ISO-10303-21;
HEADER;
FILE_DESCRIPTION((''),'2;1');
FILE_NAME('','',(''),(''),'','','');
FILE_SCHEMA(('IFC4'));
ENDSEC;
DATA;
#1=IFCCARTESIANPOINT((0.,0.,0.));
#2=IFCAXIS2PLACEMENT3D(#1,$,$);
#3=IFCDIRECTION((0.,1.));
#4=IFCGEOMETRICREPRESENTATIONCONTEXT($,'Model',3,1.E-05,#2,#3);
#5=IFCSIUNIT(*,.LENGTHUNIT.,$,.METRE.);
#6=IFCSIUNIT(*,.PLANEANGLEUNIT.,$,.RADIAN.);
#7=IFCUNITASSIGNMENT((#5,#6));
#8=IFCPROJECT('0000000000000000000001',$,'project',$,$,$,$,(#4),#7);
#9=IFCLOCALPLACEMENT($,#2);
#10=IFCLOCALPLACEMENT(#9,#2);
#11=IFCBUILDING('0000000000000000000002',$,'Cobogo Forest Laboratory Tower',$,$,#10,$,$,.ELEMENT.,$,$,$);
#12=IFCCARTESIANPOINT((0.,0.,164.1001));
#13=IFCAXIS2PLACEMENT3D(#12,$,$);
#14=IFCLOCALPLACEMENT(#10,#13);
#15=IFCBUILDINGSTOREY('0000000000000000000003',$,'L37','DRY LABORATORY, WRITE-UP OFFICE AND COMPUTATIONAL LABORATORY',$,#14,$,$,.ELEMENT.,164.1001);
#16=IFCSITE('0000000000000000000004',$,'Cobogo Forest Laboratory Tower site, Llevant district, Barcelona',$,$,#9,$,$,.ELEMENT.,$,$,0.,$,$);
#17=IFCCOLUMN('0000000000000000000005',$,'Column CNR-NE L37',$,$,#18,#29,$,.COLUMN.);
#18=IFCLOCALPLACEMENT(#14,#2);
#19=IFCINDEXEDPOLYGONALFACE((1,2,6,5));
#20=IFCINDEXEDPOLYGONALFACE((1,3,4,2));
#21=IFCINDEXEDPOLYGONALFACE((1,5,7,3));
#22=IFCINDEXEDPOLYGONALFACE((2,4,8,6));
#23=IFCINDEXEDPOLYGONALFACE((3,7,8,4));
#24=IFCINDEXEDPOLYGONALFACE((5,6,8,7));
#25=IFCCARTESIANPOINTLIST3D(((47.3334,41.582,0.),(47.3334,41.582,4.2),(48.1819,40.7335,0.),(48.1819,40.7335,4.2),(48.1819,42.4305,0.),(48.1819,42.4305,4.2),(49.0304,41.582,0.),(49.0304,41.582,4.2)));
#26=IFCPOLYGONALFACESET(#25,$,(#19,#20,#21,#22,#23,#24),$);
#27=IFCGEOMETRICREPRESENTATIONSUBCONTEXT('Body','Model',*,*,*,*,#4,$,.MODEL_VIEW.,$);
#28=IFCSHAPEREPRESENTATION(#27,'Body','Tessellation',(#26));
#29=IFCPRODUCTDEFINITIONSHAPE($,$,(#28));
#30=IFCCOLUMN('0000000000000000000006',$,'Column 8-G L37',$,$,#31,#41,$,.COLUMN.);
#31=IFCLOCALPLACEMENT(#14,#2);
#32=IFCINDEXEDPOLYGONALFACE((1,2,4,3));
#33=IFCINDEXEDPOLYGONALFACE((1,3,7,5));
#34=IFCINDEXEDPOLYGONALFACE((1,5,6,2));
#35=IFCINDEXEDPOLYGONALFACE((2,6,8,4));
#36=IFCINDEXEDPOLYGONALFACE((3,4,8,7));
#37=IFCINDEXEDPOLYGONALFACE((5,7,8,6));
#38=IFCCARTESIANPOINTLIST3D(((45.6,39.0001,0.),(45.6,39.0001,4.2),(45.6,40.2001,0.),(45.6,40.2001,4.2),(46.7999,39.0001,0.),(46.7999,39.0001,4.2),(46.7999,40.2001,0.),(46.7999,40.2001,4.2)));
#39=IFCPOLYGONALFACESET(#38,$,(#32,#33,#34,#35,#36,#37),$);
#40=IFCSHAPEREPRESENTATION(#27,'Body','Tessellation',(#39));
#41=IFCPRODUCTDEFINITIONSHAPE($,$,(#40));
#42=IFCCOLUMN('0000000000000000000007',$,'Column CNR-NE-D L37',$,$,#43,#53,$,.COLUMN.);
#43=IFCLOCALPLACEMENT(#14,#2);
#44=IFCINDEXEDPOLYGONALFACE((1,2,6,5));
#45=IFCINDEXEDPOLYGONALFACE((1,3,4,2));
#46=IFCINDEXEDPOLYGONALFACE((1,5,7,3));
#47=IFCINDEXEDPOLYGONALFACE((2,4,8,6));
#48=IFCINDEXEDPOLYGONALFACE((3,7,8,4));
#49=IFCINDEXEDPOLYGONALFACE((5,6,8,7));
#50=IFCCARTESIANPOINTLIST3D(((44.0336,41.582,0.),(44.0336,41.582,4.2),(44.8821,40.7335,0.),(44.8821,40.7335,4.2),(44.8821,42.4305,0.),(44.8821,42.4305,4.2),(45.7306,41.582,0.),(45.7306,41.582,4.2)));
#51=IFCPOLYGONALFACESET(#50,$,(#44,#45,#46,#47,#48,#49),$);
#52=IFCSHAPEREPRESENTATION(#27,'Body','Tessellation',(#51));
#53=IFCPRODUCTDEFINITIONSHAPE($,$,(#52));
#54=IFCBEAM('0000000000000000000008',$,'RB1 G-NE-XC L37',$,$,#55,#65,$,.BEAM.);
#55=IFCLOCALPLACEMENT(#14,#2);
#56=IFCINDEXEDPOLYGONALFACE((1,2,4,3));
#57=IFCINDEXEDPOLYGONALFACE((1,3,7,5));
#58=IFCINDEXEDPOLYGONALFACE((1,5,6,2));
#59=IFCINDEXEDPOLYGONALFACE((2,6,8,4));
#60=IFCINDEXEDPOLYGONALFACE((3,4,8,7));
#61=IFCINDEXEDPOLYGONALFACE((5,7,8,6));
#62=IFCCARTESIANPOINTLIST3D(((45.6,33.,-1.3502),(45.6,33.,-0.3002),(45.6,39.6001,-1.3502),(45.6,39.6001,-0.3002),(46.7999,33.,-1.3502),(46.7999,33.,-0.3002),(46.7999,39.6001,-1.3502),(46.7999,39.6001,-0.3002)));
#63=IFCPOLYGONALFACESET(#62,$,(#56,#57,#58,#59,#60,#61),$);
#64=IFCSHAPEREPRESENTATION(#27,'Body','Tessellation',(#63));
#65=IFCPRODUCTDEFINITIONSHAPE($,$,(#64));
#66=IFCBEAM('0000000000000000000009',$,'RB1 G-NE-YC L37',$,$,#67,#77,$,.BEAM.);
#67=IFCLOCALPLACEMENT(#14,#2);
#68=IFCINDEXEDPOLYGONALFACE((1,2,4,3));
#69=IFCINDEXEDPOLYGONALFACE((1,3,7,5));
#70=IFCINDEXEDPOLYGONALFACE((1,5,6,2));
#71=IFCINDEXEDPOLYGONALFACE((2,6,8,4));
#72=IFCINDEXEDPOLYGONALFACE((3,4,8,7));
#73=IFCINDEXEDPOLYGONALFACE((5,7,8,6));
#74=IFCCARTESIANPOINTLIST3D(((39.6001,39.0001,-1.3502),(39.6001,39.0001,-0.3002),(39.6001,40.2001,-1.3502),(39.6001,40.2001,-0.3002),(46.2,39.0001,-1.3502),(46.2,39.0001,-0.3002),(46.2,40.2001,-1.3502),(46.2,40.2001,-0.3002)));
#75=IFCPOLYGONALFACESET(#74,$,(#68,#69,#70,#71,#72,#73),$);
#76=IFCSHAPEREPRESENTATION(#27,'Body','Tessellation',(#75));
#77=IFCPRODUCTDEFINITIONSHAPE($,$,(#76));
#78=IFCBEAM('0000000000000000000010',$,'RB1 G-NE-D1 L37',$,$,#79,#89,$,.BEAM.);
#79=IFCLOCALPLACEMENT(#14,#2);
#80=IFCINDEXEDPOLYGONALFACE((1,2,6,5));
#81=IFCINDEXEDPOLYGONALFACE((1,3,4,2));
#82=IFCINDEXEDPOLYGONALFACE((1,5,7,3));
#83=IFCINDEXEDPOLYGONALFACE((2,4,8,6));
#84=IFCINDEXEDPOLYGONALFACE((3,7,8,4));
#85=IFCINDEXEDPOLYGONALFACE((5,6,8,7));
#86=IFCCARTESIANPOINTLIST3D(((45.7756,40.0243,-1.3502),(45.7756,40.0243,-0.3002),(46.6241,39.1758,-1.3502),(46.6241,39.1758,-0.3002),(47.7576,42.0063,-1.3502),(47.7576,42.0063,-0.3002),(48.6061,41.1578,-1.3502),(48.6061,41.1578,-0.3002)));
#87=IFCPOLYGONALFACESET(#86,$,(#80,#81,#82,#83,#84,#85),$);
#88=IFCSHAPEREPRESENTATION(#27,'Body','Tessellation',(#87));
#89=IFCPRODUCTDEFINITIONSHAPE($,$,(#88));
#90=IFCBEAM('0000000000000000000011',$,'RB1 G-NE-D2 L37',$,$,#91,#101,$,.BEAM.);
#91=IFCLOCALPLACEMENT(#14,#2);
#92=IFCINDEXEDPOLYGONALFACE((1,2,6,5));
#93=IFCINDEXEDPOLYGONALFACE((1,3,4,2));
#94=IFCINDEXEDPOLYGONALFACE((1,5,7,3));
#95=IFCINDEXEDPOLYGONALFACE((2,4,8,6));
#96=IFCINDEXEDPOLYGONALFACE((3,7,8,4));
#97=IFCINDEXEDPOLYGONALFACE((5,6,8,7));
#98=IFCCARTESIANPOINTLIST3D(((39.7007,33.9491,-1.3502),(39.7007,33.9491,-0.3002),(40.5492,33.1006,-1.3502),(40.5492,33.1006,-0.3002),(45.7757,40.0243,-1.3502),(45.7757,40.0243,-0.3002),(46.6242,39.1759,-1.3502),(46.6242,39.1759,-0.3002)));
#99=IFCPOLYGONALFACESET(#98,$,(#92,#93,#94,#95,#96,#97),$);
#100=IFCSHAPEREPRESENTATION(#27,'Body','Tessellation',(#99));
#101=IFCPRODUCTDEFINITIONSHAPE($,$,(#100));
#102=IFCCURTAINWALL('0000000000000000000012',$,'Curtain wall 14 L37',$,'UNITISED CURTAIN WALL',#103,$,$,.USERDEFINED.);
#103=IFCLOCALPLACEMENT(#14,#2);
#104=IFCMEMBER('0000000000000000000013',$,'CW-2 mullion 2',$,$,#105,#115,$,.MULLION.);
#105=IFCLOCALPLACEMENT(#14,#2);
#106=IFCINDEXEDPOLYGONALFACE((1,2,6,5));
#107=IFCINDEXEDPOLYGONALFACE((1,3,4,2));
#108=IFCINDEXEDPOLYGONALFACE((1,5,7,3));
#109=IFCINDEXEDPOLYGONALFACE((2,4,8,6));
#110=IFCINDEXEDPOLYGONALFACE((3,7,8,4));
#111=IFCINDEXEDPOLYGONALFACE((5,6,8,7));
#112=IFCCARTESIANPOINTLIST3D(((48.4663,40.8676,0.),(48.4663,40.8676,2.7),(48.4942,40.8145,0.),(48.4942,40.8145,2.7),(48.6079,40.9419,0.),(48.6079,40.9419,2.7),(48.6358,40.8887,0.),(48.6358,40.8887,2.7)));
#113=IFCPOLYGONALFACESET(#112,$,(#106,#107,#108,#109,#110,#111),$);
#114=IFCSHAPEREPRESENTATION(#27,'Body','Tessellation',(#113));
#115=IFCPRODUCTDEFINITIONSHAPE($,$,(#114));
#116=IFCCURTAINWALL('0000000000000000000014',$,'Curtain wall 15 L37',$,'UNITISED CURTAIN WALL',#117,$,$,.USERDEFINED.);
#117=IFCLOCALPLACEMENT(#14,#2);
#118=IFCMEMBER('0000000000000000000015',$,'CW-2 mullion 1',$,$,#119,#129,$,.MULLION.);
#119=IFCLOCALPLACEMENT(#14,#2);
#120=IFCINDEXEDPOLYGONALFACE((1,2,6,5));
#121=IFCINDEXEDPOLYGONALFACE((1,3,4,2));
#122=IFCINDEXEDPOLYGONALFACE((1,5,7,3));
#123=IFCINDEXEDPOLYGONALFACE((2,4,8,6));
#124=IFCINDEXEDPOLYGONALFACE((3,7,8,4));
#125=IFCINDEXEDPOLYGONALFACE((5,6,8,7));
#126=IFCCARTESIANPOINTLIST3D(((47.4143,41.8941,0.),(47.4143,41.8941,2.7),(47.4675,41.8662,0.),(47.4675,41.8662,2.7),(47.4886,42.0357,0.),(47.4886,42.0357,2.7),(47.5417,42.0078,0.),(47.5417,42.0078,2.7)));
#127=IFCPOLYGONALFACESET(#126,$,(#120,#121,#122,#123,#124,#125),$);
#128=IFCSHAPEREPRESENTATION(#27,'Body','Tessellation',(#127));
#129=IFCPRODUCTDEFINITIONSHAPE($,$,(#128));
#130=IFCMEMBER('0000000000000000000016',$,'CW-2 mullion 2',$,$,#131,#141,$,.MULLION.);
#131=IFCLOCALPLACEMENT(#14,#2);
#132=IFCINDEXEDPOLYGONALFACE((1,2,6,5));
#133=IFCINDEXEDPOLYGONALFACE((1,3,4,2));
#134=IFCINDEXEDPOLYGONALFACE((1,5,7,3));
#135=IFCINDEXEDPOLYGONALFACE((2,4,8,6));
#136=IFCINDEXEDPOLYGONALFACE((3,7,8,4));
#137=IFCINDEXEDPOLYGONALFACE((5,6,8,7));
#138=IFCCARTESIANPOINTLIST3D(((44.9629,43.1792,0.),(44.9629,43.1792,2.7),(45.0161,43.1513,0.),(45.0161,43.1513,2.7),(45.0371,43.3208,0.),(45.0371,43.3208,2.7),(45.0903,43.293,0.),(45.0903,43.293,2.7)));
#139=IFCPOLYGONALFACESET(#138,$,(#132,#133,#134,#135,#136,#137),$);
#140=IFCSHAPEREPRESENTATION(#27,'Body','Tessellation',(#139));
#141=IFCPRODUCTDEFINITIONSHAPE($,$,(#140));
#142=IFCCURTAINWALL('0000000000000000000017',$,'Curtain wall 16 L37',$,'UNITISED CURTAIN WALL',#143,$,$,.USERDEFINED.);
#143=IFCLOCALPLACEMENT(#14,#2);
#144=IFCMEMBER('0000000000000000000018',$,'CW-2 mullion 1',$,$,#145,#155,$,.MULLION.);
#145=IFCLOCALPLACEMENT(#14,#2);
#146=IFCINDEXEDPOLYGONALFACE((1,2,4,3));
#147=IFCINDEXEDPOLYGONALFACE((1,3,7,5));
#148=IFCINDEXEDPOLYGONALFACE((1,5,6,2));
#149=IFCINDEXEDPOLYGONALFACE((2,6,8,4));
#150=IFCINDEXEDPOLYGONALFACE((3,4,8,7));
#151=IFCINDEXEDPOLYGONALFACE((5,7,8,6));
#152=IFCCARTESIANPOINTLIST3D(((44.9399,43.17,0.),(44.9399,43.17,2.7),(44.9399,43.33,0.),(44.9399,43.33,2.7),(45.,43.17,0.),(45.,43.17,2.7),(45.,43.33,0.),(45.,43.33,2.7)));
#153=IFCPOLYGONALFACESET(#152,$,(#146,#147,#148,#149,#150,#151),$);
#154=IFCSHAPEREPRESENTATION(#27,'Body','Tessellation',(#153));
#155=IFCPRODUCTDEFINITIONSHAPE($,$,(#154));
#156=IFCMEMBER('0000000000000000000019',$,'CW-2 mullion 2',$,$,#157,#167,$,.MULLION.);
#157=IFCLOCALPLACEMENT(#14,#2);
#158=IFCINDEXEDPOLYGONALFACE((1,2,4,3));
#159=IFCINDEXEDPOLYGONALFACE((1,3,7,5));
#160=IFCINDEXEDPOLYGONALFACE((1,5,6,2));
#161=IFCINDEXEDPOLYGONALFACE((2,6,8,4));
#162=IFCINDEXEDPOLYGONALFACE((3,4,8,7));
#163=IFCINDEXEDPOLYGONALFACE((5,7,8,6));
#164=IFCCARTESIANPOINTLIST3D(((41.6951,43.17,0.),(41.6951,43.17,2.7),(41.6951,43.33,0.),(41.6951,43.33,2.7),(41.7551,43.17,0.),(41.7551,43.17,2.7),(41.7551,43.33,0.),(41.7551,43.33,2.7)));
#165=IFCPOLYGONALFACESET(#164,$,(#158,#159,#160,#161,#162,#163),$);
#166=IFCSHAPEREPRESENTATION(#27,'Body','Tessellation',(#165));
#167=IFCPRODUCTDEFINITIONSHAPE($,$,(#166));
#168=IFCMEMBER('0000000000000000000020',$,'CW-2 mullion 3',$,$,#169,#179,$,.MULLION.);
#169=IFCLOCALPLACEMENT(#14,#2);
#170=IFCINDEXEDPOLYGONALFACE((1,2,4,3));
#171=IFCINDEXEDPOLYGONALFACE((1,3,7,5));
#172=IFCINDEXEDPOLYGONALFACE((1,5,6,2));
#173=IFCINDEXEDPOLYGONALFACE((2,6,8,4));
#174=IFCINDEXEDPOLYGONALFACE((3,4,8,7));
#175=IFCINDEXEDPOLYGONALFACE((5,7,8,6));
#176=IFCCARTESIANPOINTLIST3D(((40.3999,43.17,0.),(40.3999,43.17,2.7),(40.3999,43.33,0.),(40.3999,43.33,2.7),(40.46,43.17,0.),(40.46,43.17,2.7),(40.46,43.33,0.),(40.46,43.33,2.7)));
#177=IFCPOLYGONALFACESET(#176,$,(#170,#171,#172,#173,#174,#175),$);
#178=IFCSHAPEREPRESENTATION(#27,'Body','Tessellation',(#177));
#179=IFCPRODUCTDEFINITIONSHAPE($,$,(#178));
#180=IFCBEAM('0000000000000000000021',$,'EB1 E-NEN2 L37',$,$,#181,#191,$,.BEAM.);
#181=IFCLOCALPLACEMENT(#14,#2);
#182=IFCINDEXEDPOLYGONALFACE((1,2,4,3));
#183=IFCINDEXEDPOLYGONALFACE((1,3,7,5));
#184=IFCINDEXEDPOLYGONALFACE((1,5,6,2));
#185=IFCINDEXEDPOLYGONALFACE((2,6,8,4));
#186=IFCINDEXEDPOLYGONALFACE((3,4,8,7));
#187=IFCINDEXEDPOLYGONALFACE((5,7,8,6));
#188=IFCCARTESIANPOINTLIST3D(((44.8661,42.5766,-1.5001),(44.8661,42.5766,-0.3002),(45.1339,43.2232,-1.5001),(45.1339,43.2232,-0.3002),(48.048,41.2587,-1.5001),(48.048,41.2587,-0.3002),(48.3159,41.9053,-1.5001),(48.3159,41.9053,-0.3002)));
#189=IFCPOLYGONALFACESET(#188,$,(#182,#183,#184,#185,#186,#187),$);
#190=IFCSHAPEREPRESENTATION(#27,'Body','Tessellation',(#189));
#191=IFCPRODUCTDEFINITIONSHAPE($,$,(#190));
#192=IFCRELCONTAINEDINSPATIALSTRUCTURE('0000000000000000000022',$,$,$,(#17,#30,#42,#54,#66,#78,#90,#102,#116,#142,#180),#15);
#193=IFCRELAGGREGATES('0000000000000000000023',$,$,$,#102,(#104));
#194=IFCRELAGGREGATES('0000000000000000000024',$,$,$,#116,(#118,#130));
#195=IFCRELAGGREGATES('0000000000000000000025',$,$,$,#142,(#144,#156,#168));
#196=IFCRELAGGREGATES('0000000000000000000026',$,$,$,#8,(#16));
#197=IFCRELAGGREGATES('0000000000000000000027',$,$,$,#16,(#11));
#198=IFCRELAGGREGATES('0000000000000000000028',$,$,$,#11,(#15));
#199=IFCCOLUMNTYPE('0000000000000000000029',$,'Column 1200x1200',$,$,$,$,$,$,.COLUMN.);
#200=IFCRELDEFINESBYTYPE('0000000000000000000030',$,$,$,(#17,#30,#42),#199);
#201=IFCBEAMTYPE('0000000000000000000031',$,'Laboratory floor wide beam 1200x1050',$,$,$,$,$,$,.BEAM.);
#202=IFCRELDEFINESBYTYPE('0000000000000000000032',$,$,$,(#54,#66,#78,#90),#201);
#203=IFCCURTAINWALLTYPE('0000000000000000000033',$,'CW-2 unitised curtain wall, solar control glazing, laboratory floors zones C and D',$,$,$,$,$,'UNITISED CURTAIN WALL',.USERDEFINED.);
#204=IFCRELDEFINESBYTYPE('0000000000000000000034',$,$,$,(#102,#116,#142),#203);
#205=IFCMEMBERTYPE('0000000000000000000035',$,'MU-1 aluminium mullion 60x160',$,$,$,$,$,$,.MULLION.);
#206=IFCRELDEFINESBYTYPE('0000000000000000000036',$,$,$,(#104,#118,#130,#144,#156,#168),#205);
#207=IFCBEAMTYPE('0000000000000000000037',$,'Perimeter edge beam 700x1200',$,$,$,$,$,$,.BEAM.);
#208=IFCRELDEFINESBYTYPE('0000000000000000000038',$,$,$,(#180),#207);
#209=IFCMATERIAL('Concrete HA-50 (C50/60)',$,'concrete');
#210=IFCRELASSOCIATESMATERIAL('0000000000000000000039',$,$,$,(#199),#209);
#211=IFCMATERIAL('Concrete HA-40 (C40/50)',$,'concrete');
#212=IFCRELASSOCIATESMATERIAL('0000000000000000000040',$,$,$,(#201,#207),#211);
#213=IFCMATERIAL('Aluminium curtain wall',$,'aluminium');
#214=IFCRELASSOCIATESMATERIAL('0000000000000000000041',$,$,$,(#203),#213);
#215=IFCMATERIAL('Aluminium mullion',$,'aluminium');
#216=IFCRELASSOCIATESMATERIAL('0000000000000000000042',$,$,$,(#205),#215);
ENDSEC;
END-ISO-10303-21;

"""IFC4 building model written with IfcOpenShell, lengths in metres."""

from ifc_helpers import new_model, si_unit, direction, frame, origin, origin_2d, place, context, subcontext, project, spatial, rectangle, extrude, material, material_profile, profile_set, type_object, element, aggregate, save


model = new_model("IFC4")

# Units and contexts
model_context = context("Model", 3, precision=1e-05, world=origin(), true_north=direction((0.0, 1.0)))
body_context = subcontext(model_context, "Body", "Model", "MODEL_VIEW")
ifc_project = project(units=[si_unit("LENGTHUNIT", "METRE"), si_unit("PLANEANGLEUNIT", "RADIAN")], contexts=[model_context])

# Site, building, storey
site_placement = place(None, origin())
site = spatial("IfcSite", under=ifc_project, at=site_placement, Name="Cobogo Forest Laboratory Tower site, Llevant district, Barcelona", CompositionType="ELEMENT", RefElevation=0.0)
building_placement = place(site_placement, origin())
building = spatial("IfcBuilding", under=site, at=building_placement, Name="Cobogo Forest Laboratory Tower", CompositionType="ELEMENT")
storey_placement = place(building_placement, frame((0.0, 0.0, 164.1001)))
storey = spatial("IfcBuildingStorey", under=building, at=storey_placement, Name="L37", Description="DRY LABORATORY, WRITE-UP OFFICE AND COMPUTATIONAL LABORATORY", CompositionType="ELEMENT", Elevation=164.1001)

# Columns
ifc_material_1 = material(Name="Concrete HA-50 (C50/60)", Category="concrete")
ifc_material_profile_1 = material_profile(ifc_material_1, rectangle(XDim=1.2, YDim=1.2, at=origin_2d()), Name="RC 1200x1200")
ifc_profile_set_1 = profile_set([ifc_material_profile_1], Name="Concrete HA-50 (C50/60)")
column_type = type_object("IfcColumnType", Name="Column 1200x1200", PredefinedType="COLUMN", material=ifc_profile_set_1)
for number, where, z_axis, x_axis, name in (
    (1, (48.1819, 41.582, 0.0), (0.0, 0.0, 1.0), (0.707107, 0.707107, 0.0), "Column CNR-NE L37"),
    (2, (46.2, 39.6001, 0.0), (0.0, 0.0, 1.0), (1.0, 0.0, 0.0), "Column 8-G L37"),
    (3, (44.8821, 41.582, 0.0), (0.0, 0.0, 1.0), (0.707107, 0.707107, 0.0), "Column CNR-NE-D L37"),
):
    element("IfcColumn", number, at=place(storey_placement, frame(where, z_axis=z_axis, x_axis=x_axis)), inside=storey, type_object=column_type, Name=name, PredefinedType="COLUMN", context=body_context, shape_type="SweptSolid", body=[
        extrude(rectangle(XDim=1.2, YDim=1.2, at=origin_2d()), origin(), (0.0, 0.0, 1.0), 4.2),
    ])

# Beams
ifc_material_2 = material(Name="Concrete HA-40 (C40/50)", Category="concrete")
ifc_material_profile_2 = material_profile(ifc_material_2, rectangle(XDim=1.2, YDim=1.05, at=origin_2d()), Name="RC 1200x1050")
ifc_profile_set_2 = profile_set([ifc_material_profile_2], Name="Concrete HA-40 (C40/50)")
beam_type_1 = type_object("IfcBeamType", Name="Laboratory floor wide beam 1200x1050", PredefinedType="BEAM", material=ifc_profile_set_2)
beam_1_placement = place(storey_placement, frame((46.2, 39.6001, -0.8252), z_axis=(0.0, -1.0, 0.0), x_axis=(1.0, 0.0, 0.0)))
element("IfcBeam", 4, at=beam_1_placement, inside=storey, type_object=beam_type_1, Name="RB1 G-NE-XC L37", PredefinedType="BEAM", context=body_context, shape_type="SweptSolid", body=[
    extrude(rectangle(XDim=1.2, YDim=1.05, at=origin_2d()), origin(), (0.0, 0.0, 1.0), 6.6001),
])
beam_2_placement = place(storey_placement, frame((46.2, 39.6001, -0.8252), z_axis=(-1.0, 0.0, 0.0), x_axis=(0.0, -1.0, 0.0)))
element("IfcBeam", 5, at=beam_2_placement, inside=storey, type_object=beam_type_1, Name="RB1 G-NE-YC L37", PredefinedType="BEAM", context=body_context, shape_type="SweptSolid", body=[
    extrude(rectangle(XDim=1.2, YDim=1.05, at=origin_2d()), origin(), (0.0, 0.0, 1.0), 6.5999),
])
beam_3_placement = place(storey_placement, frame((48.1819, 41.582, -0.8252), z_axis=(-0.707107, -0.707107, 0.0), x_axis=(0.707107, -0.707107, 0.0)))
element("IfcBeam", 6, at=beam_3_placement, inside=storey, type_object=beam_type_1, Name="RB1 G-NE-D1 L37", PredefinedType="BEAM", context=body_context, shape_type="SweptSolid", body=[
    extrude(rectangle(XDim=1.2, YDim=1.05, at=origin_2d()), origin(), (0.0, 0.0, 1.0), 2.803),
])
beam_4_placement = place(storey_placement, frame((46.2, 39.6001, -0.8252), z_axis=(-0.707093, -0.707121, 0.0), x_axis=(0.707121, -0.707093, 0.0)))
element("IfcBeam", 7, at=beam_4_placement, inside=storey, type_object=beam_type_1, Name="RB1 G-NE-D2 L37", PredefinedType="BEAM", context=body_context, shape_type="SweptSolid", body=[
    extrude(rectangle(XDim=1.2, YDim=1.05, at=origin_2d()), origin(), (0.0, 0.0, 1.0), 8.5916),
])

# Curtain wall, member
ifc_material_3 = material(Name="Aluminium curtain wall", Category="aluminium")
curtain_wall_type = type_object("IfcCurtainWallType", Name="CW-2 unitised curtain wall, solar control glazing, laboratory floors zones C and D", ElementType="UNITISED CURTAIN WALL", PredefinedType="USERDEFINED", material=ifc_material_3)
curtain_wall_1_placement = place(storey_placement, origin())
curtain_wall_1 = element("IfcCurtainWall", 8, at=curtain_wall_1_placement, inside=storey, type_object=curtain_wall_type, Name="Curtain wall 14 L37", ObjectType="UNITISED CURTAIN WALL", PredefinedType="USERDEFINED")
ifc_material_4 = material(Name="Aluminium mullion", Category="aluminium")
ifc_material_profile_3 = material_profile(ifc_material_4, rectangle(XDim=0.0601, YDim=0.1599, at=origin_2d()), Name="AL 60x160")
ifc_profile_set_3 = profile_set([ifc_material_profile_3], Name="Aluminium mullion")
member_type_1 = type_object("IfcMemberType", Name="MU-1 aluminium mullion 60x160", PredefinedType="MULLION", material=ifc_profile_set_3)
member_1_placement = place(storey_placement, frame((48.551, 40.8782, 0.0), z_axis=(0.0, 0.0, 1.0), x_axis=(-0.464284, 0.885686, 0.0)))
member_1 = element("IfcMember", 9, at=member_1_placement, type_object=member_type_1, Name="CW-2 mullion 2", PredefinedType="MULLION", context=body_context, shape_type="SweptSolid", body=[
    extrude(rectangle(XDim=0.0601, YDim=0.1599, at=origin_2d()), origin(), (0.0, 0.0, 1.0), 2.7),
])

# Curtain walls, members
curtain_wall_2_placement = place(storey_placement, origin())
curtain_wall_2 = element("IfcCurtainWall", 10, at=curtain_wall_2_placement, inside=storey, type_object=curtain_wall_type, Name="Curtain wall 15 L37", ObjectType="UNITISED CURTAIN WALL", PredefinedType="USERDEFINED")
member_2_placement = place(storey_placement, frame((47.478, 41.9509, 0.0), z_axis=(0.0, 0.0, 1.0), x_axis=(-0.885686, 0.464284, 0.0)))
member_2 = element("IfcMember", 11, at=member_2_placement, type_object=member_type_1, Name="CW-2 mullion 1", PredefinedType="MULLION", context=body_context, shape_type="SweptSolid", body=[
    extrude(rectangle(XDim=0.0601, YDim=0.1599, at=origin_2d()), origin(), (0.0, 0.0, 1.0), 2.7),
])
member_3_placement = place(storey_placement, frame((45.0266, 43.2361, 0.0), z_axis=(0.0, 0.0, 1.0), x_axis=(-0.885686, 0.464284, 0.0)))
member_3 = element("IfcMember", 12, at=member_3_placement, type_object=member_type_1, Name="CW-2 mullion 2", PredefinedType="MULLION", context=body_context, shape_type="SweptSolid", body=[
    extrude(rectangle(XDim=0.0601, YDim=0.1599, at=origin_2d()), origin(), (0.0, 0.0, 1.0), 2.7),
])
curtain_wall_3_placement = place(storey_placement, origin())
curtain_wall_3 = element("IfcCurtainWall", 13, at=curtain_wall_3_placement, inside=storey, type_object=curtain_wall_type, Name="Curtain wall 16 L37", ObjectType="UNITISED CURTAIN WALL", PredefinedType="USERDEFINED")
member_4_placement = place(storey_placement, frame((44.97, 43.25, 0.0), z_axis=(0.0, 0.0, 1.0), x_axis=(-1.0, 0.0, 0.0)))
member_4 = element("IfcMember", 14, at=member_4_placement, type_object=member_type_1, Name="CW-2 mullion 1", PredefinedType="MULLION", context=body_context, shape_type="SweptSolid", body=[
    extrude(rectangle(XDim=0.0601, YDim=0.1599, at=origin_2d()), origin(), (0.0, 0.0, 1.0), 2.7),
])
member_5_placement = place(storey_placement, frame((41.7251, 43.25, 0.0), z_axis=(0.0, 0.0, 1.0), x_axis=(-1.0, 0.0, 0.0)))
member_5 = element("IfcMember", 15, at=member_5_placement, type_object=member_type_1, Name="CW-2 mullion 2", PredefinedType="MULLION", context=body_context, shape_type="SweptSolid", body=[
    extrude(rectangle(XDim=0.0601, YDim=0.1599, at=origin_2d()), origin(), (0.0, 0.0, 1.0), 2.7),
])
member_6_placement = place(storey_placement, frame((40.4299, 43.25, 0.0), z_axis=(0.0, 0.0, 1.0), x_axis=(-1.0, 0.0, 0.0)))
member_6 = element("IfcMember", 16, at=member_6_placement, type_object=member_type_1, Name="CW-2 mullion 3", PredefinedType="MULLION", context=body_context, shape_type="SweptSolid", body=[
    extrude(rectangle(XDim=0.0601, YDim=0.1599, at=origin_2d()), origin(), (0.0, 0.0, 1.0), 2.7),
])

# Beam
ifc_material_profile_4 = material_profile(ifc_material_2, rectangle(XDim=0.7, YDim=1.2, at=origin_2d()), Name="RC 700x1200")
ifc_profile_set_4 = profile_set([ifc_material_profile_4], Name="Concrete HA-40 (C40/50)")
beam_type_2 = type_object("IfcBeamType", Name="Perimeter edge beam 700x1200", PredefinedType="BEAM", material=ifc_profile_set_4)
beam_5_placement = place(storey_placement, frame((45.0, 42.8999, -0.9001), z_axis=(0.923891, -0.382656, 0.0), x_axis=(0.382656, 0.923891, 0.0)))
element("IfcBeam", 17, at=beam_5_placement, inside=storey, type_object=beam_type_2, Name="EB1 E-NEN2 L37", PredefinedType="BEAM", context=body_context, shape_type="SweptSolid", body=[
    extrude(rectangle(XDim=0.7, YDim=1.2, at=origin_2d()), origin(), (0.0, 0.0, 1.0), 3.4441),
])

aggregate(curtain_wall_1, [member_1])
aggregate(curtain_wall_2, [member_2, member_3])
aggregate(curtain_wall_3, [member_4, member_5, member_6])

save(model, "model.ifc")
